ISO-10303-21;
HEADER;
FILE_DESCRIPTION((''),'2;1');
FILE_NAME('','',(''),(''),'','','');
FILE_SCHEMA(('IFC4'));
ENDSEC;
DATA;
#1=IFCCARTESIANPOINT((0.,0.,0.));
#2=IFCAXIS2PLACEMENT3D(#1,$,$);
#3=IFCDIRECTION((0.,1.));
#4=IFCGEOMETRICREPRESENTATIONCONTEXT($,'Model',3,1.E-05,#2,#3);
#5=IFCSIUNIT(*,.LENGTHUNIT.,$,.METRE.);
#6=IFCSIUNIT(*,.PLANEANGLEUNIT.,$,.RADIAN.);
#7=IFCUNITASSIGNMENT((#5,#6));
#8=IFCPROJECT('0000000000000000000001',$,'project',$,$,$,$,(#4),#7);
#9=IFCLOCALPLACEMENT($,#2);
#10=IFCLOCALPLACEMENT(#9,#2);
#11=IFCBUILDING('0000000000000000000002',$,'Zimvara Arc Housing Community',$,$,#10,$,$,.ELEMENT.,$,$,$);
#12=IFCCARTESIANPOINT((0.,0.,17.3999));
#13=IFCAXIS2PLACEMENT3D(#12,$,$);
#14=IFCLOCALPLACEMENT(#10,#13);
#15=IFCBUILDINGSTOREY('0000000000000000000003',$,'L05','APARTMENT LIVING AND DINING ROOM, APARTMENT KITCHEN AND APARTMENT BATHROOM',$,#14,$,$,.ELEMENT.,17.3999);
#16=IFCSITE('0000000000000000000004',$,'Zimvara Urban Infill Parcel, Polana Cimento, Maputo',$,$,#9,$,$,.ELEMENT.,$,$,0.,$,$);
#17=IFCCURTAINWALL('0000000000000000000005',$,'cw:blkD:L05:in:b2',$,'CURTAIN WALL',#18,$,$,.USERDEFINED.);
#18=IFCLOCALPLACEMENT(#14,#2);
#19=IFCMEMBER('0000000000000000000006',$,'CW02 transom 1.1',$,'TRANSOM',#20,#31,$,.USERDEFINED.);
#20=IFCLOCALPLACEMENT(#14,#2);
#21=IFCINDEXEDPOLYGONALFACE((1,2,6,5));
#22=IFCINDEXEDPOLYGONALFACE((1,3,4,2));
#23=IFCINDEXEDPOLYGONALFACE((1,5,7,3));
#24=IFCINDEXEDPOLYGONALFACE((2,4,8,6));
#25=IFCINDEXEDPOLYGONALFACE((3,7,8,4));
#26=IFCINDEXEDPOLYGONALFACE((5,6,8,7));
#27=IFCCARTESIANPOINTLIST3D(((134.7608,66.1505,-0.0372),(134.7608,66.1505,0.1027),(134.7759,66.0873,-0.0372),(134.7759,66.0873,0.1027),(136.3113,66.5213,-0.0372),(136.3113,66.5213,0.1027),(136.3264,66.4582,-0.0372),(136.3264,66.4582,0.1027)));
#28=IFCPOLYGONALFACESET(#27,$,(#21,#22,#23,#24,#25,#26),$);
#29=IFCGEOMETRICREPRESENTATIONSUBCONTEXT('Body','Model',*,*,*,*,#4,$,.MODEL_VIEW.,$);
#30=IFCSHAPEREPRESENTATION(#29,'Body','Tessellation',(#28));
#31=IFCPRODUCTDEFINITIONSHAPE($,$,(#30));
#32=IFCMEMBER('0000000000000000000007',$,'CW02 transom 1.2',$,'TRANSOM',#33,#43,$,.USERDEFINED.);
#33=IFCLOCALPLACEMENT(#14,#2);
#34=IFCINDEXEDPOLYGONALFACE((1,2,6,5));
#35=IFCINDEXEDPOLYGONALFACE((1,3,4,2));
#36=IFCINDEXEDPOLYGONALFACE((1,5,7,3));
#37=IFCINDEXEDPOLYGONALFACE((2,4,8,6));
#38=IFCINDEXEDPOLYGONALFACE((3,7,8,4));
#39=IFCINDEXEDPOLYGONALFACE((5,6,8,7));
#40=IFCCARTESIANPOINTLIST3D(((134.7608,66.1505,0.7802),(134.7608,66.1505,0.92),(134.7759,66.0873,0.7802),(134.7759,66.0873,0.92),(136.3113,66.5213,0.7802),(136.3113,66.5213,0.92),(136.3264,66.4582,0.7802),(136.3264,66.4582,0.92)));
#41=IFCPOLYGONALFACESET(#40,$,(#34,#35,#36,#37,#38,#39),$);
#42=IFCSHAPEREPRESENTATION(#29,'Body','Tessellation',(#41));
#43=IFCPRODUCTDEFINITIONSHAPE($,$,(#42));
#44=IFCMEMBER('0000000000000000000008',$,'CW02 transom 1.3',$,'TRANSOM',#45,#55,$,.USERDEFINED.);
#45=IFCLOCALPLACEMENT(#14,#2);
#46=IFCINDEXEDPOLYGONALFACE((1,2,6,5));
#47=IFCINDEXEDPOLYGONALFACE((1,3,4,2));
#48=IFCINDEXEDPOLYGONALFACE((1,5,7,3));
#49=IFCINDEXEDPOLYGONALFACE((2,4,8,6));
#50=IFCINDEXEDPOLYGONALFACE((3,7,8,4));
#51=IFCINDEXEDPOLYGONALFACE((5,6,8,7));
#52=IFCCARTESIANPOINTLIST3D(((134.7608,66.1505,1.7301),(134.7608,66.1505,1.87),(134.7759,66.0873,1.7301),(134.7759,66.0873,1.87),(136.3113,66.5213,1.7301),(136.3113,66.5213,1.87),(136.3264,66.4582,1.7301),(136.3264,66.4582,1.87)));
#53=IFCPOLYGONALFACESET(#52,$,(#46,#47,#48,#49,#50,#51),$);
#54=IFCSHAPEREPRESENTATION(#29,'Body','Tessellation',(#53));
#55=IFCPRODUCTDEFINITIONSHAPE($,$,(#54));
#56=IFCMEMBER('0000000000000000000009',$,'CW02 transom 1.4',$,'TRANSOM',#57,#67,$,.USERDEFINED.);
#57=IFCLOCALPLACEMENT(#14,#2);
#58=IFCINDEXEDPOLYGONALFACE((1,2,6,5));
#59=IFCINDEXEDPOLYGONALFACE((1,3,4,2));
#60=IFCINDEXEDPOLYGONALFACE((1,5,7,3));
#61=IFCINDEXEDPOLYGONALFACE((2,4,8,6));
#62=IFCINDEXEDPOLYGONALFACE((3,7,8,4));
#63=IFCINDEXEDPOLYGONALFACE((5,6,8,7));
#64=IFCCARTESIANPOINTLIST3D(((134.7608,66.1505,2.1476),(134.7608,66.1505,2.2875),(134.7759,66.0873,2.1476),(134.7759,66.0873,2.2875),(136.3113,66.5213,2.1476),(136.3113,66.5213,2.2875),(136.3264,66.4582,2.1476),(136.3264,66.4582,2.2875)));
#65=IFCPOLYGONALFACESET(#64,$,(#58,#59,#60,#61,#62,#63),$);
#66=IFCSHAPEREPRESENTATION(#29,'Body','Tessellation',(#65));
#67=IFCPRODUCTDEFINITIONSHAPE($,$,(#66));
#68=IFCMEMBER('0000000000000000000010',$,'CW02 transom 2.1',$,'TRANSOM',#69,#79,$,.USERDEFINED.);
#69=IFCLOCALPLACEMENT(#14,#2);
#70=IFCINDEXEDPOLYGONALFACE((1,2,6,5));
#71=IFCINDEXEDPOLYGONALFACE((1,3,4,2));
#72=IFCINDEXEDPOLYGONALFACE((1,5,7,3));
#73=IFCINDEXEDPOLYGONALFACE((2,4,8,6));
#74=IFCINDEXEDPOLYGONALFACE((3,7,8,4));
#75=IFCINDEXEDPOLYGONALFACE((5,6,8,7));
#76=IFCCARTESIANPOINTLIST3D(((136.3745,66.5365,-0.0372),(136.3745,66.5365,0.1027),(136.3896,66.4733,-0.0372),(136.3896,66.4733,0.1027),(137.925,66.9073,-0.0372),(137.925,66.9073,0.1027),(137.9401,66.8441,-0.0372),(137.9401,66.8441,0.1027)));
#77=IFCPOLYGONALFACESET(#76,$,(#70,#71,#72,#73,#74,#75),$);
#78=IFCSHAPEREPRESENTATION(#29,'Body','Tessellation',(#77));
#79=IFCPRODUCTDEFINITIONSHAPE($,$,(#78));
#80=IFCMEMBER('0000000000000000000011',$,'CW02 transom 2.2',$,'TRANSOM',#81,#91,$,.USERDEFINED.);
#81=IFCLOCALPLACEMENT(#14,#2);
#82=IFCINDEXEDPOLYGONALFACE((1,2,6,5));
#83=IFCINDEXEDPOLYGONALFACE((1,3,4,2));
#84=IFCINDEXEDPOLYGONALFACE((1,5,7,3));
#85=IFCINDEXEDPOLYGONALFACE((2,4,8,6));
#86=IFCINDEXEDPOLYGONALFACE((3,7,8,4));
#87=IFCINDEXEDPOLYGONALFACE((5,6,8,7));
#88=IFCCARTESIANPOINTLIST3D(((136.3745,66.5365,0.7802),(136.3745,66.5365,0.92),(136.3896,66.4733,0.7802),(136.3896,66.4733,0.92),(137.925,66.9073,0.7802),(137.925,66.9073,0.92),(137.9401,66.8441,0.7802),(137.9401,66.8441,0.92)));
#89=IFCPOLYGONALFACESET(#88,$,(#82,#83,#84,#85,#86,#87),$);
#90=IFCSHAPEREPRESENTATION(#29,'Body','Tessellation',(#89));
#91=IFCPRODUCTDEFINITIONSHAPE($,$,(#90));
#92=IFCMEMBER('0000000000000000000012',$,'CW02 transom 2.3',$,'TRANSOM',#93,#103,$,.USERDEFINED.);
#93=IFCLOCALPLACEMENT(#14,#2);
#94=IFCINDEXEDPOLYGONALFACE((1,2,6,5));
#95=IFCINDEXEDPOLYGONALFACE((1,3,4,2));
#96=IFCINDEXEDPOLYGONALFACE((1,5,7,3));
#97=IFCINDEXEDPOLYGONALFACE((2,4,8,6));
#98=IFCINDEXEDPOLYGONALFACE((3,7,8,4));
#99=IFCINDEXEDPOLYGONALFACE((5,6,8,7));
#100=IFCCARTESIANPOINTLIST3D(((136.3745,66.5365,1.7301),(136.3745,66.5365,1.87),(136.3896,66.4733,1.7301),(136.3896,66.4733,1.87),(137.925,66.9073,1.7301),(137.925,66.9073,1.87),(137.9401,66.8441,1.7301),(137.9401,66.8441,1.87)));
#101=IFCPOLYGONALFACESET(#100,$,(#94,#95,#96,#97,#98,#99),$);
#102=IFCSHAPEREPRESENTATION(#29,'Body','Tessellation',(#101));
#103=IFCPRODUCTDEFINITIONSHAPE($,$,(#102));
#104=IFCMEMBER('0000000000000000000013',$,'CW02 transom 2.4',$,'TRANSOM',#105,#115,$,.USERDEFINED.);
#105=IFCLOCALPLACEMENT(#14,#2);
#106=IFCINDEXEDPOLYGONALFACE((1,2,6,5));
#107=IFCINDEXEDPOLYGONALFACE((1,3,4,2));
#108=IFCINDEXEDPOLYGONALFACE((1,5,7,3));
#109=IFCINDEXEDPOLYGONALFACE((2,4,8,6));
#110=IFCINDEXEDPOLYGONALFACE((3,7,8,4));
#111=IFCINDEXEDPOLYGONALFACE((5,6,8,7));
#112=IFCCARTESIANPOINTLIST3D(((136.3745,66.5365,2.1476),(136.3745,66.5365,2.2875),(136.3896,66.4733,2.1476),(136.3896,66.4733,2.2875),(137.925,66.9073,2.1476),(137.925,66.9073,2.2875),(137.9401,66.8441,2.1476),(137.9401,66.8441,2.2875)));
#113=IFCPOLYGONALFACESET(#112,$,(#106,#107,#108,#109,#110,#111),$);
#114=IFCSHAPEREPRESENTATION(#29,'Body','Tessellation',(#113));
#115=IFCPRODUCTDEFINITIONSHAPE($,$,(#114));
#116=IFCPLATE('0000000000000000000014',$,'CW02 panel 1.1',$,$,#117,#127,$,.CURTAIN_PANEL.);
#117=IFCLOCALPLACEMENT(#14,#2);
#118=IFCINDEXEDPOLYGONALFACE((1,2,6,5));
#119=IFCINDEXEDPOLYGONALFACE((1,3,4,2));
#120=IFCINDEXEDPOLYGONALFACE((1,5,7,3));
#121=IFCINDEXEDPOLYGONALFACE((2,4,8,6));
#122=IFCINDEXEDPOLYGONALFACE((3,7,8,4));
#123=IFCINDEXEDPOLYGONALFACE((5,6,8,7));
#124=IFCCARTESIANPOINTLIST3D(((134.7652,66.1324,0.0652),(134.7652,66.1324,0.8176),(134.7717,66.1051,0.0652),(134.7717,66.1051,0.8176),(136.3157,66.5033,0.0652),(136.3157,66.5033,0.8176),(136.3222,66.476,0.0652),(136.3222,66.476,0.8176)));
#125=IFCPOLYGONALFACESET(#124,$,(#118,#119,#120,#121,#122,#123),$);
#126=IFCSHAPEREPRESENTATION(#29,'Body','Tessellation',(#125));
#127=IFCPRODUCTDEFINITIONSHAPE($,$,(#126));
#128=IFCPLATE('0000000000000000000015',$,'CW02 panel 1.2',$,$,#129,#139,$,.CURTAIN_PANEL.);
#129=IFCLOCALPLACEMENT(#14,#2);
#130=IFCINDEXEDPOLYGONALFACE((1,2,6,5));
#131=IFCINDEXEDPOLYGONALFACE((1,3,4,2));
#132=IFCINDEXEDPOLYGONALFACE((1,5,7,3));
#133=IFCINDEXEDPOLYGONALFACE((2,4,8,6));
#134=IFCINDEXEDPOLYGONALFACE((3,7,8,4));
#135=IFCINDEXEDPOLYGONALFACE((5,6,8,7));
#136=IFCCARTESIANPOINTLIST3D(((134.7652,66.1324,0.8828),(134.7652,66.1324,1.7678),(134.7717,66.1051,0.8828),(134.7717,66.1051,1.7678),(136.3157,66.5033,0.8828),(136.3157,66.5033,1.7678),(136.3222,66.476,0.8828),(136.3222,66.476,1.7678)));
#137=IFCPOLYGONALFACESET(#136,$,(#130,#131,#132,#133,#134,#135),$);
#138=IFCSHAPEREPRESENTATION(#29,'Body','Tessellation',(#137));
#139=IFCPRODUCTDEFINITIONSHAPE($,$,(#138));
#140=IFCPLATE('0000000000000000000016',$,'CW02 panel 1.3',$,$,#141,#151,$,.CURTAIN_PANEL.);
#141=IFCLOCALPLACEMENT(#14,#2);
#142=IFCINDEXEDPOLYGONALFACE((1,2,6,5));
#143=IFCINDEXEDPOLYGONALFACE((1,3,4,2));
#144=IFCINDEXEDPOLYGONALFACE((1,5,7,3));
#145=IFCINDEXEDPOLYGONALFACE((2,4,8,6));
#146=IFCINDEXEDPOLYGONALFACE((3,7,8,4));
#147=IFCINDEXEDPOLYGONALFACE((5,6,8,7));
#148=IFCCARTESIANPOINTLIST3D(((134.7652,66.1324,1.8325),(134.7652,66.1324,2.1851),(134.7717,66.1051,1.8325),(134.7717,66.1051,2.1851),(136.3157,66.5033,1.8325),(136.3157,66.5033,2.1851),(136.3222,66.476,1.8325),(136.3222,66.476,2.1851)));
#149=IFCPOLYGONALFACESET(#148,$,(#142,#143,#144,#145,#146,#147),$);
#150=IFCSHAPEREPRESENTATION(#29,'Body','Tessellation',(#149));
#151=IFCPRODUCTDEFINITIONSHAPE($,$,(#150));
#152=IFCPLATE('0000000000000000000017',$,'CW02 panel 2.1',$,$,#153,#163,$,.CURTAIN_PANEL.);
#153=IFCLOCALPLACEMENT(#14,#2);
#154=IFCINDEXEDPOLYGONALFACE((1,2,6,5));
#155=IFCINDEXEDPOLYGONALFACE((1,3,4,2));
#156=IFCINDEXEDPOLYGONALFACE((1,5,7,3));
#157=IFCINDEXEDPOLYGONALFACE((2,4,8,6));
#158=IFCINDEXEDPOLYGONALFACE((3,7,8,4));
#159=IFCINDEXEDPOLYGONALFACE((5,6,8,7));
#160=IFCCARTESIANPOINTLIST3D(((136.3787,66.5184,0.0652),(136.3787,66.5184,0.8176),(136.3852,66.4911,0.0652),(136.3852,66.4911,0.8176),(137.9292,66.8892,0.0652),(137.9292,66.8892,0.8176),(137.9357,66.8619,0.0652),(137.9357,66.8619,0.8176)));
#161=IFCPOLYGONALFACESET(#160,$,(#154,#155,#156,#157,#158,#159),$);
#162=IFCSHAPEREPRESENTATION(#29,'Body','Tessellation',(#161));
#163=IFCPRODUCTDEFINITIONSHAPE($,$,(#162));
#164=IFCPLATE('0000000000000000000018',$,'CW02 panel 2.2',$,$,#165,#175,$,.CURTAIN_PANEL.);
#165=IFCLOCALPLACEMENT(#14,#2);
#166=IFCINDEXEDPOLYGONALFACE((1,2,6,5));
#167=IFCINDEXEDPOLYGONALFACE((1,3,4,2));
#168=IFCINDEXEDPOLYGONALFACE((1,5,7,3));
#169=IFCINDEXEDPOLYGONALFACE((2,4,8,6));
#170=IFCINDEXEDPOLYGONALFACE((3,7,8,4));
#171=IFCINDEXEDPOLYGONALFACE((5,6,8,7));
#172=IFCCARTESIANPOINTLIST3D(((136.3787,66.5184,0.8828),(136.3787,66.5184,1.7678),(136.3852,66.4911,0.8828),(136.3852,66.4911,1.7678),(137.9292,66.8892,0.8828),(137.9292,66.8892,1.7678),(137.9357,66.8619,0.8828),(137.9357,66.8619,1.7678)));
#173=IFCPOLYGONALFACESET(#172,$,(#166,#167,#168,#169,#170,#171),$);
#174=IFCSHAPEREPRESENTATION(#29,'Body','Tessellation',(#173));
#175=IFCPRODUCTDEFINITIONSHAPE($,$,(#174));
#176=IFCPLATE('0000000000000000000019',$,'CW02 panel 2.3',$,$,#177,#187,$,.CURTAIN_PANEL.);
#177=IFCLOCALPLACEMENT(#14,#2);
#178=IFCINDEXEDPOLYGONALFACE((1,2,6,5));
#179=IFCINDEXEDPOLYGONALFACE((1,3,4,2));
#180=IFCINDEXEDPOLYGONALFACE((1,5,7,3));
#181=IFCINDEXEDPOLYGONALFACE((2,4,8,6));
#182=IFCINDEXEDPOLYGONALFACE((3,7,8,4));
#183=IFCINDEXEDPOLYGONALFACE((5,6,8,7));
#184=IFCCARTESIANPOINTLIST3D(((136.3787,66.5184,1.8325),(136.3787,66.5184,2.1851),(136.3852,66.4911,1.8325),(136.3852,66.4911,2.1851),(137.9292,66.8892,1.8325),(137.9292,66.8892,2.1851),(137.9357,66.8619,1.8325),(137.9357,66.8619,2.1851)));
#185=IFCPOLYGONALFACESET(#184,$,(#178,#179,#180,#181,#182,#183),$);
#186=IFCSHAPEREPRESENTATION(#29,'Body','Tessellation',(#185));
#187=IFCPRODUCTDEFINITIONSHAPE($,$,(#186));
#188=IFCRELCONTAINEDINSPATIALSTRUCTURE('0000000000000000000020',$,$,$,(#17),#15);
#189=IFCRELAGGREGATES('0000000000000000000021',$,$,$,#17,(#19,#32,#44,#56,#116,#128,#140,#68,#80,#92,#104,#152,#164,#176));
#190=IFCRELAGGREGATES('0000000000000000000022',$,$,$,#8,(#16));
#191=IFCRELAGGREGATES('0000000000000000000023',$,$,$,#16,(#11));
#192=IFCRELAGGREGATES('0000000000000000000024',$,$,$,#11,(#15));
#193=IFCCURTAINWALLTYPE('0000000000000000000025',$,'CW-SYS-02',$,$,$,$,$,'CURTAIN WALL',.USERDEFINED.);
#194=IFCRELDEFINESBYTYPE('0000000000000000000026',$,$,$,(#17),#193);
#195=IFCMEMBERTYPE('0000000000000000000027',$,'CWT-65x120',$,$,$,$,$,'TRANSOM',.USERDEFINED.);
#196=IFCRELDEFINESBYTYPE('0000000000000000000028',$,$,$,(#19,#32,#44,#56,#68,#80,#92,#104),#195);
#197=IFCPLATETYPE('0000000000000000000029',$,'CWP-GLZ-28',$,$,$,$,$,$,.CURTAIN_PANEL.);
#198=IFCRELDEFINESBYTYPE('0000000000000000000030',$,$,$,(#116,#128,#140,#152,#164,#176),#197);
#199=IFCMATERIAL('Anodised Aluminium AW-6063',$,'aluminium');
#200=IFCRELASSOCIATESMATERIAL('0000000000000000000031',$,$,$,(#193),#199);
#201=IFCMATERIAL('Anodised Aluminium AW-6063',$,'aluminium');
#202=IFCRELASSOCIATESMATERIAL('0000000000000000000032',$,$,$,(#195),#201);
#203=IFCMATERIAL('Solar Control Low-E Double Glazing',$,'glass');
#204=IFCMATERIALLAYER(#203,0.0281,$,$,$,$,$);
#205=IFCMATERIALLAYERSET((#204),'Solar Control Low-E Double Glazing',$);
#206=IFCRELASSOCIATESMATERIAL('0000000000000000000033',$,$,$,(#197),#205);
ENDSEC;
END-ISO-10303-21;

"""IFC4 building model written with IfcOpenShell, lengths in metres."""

from ifc_helpers import new_model, si_unit, direction, frame, origin, origin_2d, place, context, subcontext, project, spatial, rectangle, extrude, material, layer, layer_set, material_profile, profile_set, type_object, element, aggregate, save


model = new_model("IFC4")

# Units and contexts
model_context = context("Model", 3, precision=1e-05, world=origin(), true_north=direction((0.0, 1.0)))
body_context = subcontext(model_context, "Body", "Model", "MODEL_VIEW")
ifc_project = project(units=[si_unit("LENGTHUNIT", "METRE"), si_unit("PLANEANGLEUNIT", "RADIAN")], contexts=[model_context])

# Site, building, storey
site_placement = place(None, origin())
site = spatial("IfcSite", under=ifc_project, at=site_placement, Name="Zimvara Urban Infill Parcel, Polana Cimento, Maputo", CompositionType="ELEMENT", RefElevation=0.0)
building_placement = place(site_placement, origin())
building = spatial("IfcBuilding", under=site, at=building_placement, Name="Zimvara Arc Housing Community", CompositionType="ELEMENT")
storey_placement = place(building_placement, frame((0.0, 0.0, 17.3999)))
storey = spatial("IfcBuildingStorey", under=building, at=storey_placement, Name="L05", Description="APARTMENT LIVING AND DINING ROOM, APARTMENT KITCHEN AND APARTMENT BATHROOM", CompositionType="ELEMENT", Elevation=17.3999)

# Curtain wall, members, plates
ifc_material_1 = material(Name="Anodised Aluminium AW-6063", Category="aluminium")
curtain_wall_type = type_object("IfcCurtainWallType", Name="CW-SYS-02", ElementType="CURTAIN WALL", PredefinedType="USERDEFINED", material=ifc_material_1)
curtain_wall_placement = place(storey_placement, origin())
curtain_wall = element("IfcCurtainWall", 1, at=curtain_wall_placement, inside=storey, type_object=curtain_wall_type, Name="cw:blkD:L05:in:b2", ObjectType="CURTAIN WALL", PredefinedType="USERDEFINED")
ifc_material_2 = material(Name="Anodised Aluminium AW-6063", Category="aluminium")
ifc_material_profile_1 = material_profile(ifc_material_2, rectangle(XDim=0.0649, YDim=0.1399, at=origin_2d()), Name="ALU 65x140")
ifc_profile_set_1 = profile_set([ifc_material_profile_1], Name="Anodised Aluminium AW-6063")
member_type_1 = type_object("IfcMemberType", Name="CWT-65x120", ElementType="TRANSOM", PredefinedType="USERDEFINED", material=ifc_profile_set_1)
member_1_placement = place(storey_placement, frame((134.7683, 66.1189, 0.0327), z_axis=(0.972569, 0.232614, 0.0), x_axis=(-0.232614, 0.972569, 0.0)))
member_1 = element("IfcMember", 2, at=member_1_placement, type_object=member_type_1, Name="CW02 transom 1.1", ObjectType="TRANSOM", PredefinedType="USERDEFINED", context=body_context, shape_type="SweptSolid", body=[
    extrude(rectangle(XDim=0.0649, YDim=0.1399, at=origin_2d()), origin(), (0.0, 0.0, 1.0), 1.5942),
])
member_2_placement = place(storey_placement, frame((134.7683, 66.1189, 0.8501), z_axis=(0.972569, 0.232614, 0.0), x_axis=(-0.232614, 0.972569, 0.0)))
member_2 = element("IfcMember", 3, at=member_2_placement, type_object=member_type_1, Name="CW02 transom 1.2", ObjectType="TRANSOM", PredefinedType="USERDEFINED", context=body_context, shape_type="SweptSolid", body=[
    extrude(rectangle(XDim=0.0649, YDim=0.1399, at=origin_2d()), origin(), (0.0, 0.0, 1.0), 1.5942),
])
member_3_placement = place(storey_placement, frame((134.7683, 66.1189, 1.8), z_axis=(0.972569, 0.232614, 0.0), x_axis=(-0.232614, 0.972569, 0.0)))
member_3 = element("IfcMember", 4, at=member_3_placement, type_object=member_type_1, Name="CW02 transom 1.3", ObjectType="TRANSOM", PredefinedType="USERDEFINED", context=body_context, shape_type="SweptSolid", body=[
    extrude(rectangle(XDim=0.0649, YDim=0.1399, at=origin_2d()), origin(), (0.0, 0.0, 1.0), 1.5942),
])
member_4_placement = place(storey_placement, frame((134.7683, 66.1189, 2.2175), z_axis=(0.972569, 0.232614, 0.0), x_axis=(-0.232614, 0.972569, 0.0)))
member_4 = element("IfcMember", 5, at=member_4_placement, type_object=member_type_1, Name="CW02 transom 1.4", ObjectType="TRANSOM", PredefinedType="USERDEFINED", context=body_context, shape_type="SweptSolid", body=[
    extrude(rectangle(XDim=0.0649, YDim=0.1399, at=origin_2d()), origin(), (0.0, 0.0, 1.0), 1.5942),
])
member_5_placement = place(storey_placement, frame((136.3821, 66.5049, 0.0327), z_axis=(0.972569, 0.232614, 0.0), x_axis=(-0.232614, 0.972569, 0.0)))
member_5 = element("IfcMember", 6, at=member_5_placement, type_object=member_type_1, Name="CW02 transom 2.1", ObjectType="TRANSOM", PredefinedType="USERDEFINED", context=body_context, shape_type="SweptSolid", body=[
    extrude(rectangle(XDim=0.0649, YDim=0.1399, at=origin_2d()), origin(), (0.0, 0.0, 1.0), 1.5942),
])
member_6_placement = place(storey_placement, frame((136.3821, 66.5049, 0.8501), z_axis=(0.972569, 0.232614, 0.0), x_axis=(-0.232614, 0.972569, 0.0)))
member_6 = element("IfcMember", 7, at=member_6_placement, type_object=member_type_1, Name="CW02 transom 2.2", ObjectType="TRANSOM", PredefinedType="USERDEFINED", context=body_context, shape_type="SweptSolid", body=[
    extrude(rectangle(XDim=0.0649, YDim=0.1399, at=origin_2d()), origin(), (0.0, 0.0, 1.0), 1.5942),
])
member_7_placement = place(storey_placement, frame((136.3821, 66.5049, 1.8), z_axis=(0.972569, 0.232614, 0.0), x_axis=(-0.232614, 0.972569, 0.0)))
member_7 = element("IfcMember", 8, at=member_7_placement, type_object=member_type_1, Name="CW02 transom 2.3", ObjectType="TRANSOM", PredefinedType="USERDEFINED", context=body_context, shape_type="SweptSolid", body=[
    extrude(rectangle(XDim=0.0649, YDim=0.1399, at=origin_2d()), origin(), (0.0, 0.0, 1.0), 1.5942),
])
member_8_placement = place(storey_placement, frame((136.3821, 66.5049, 2.2175), z_axis=(0.972569, 0.232614, 0.0), x_axis=(-0.232614, 0.972569, 0.0)))
member_8 = element("IfcMember", 9, at=member_8_placement, type_object=member_type_1, Name="CW02 transom 2.4", ObjectType="TRANSOM", PredefinedType="USERDEFINED", context=body_context, shape_type="SweptSolid", body=[
    extrude(rectangle(XDim=0.0649, YDim=0.1399, at=origin_2d()), origin(), (0.0, 0.0, 1.0), 1.5942),
])
ifc_material_3 = material(Name="Solar Control Low-E Double Glazing", Category="glass")
ifc_layer_1 = layer(ifc_material_3, 0.0281)
ifc_layer_set_1 = layer_set([ifc_layer_1], Name="Solar Control Low-E Double Glazing")
plate_type = type_object("IfcPlateType", Name="CWP-GLZ-28", PredefinedType="CURTAIN_PANEL", material=ifc_layer_set_1)
plate_1_placement = place(storey_placement, frame((135.5437, 66.3042, 0.0652), z_axis=(0.0, 0.0, 1.0), x_axis=(0.972573, 0.232596, 0.0)))
plate_1 = element("IfcPlate", 10, at=plate_1_placement, type_object=plate_type, Name="CW02 panel 1.1", PredefinedType="CURTAIN_PANEL", context=body_context, shape_type="SweptSolid", body=[
    extrude(rectangle(XDim=1.5942, YDim=0.0281, at=origin_2d()), origin(), (0.0, 0.0, 1.0), 0.7524),
])
plate_2_placement = place(storey_placement, frame((135.5437, 66.3042, 0.8828), z_axis=(0.0, 0.0, 1.0), x_axis=(0.972573, 0.232596, 0.0)))
plate_2 = element("IfcPlate", 11, at=plate_2_placement, type_object=plate_type, Name="CW02 panel 1.2", PredefinedType="CURTAIN_PANEL", context=body_context, shape_type="SweptSolid", body=[
    extrude(rectangle(XDim=1.5942, YDim=0.0281, at=origin_2d()), origin(), (0.0, 0.0, 1.0), 0.885),
])
plate_3_placement = place(storey_placement, frame((135.5437, 66.3042, 1.8325), z_axis=(0.0, 0.0, 1.0), x_axis=(0.972573, 0.232596, 0.0)))
plate_3 = element("IfcPlate", 12, at=plate_3_placement, type_object=plate_type, Name="CW02 panel 1.3", PredefinedType="CURTAIN_PANEL", context=body_context, shape_type="SweptSolid", body=[
    extrude(rectangle(XDim=1.5942, YDim=0.0281, at=origin_2d()), origin(), (0.0, 0.0, 1.0), 0.3525),
])
plate_4_placement = place(storey_placement, frame((137.1572, 66.6902, 0.0652), z_axis=(0.0, 0.0, 1.0), x_axis=(0.972573, 0.232596, 0.0)))
plate_4 = element("IfcPlate", 13, at=plate_4_placement, type_object=plate_type, Name="CW02 panel 2.1", PredefinedType="CURTAIN_PANEL", context=body_context, shape_type="SweptSolid", body=[
    extrude(rectangle(XDim=1.5942, YDim=0.0281, at=origin_2d()), origin(), (0.0, 0.0, 1.0), 0.7524),
])
plate_5_placement = place(storey_placement, frame((137.1572, 66.6902, 0.8828), z_axis=(0.0, 0.0, 1.0), x_axis=(0.972573, 0.232596, 0.0)))
plate_5 = element("IfcPlate", 14, at=plate_5_placement, type_object=plate_type, Name="CW02 panel 2.2", PredefinedType="CURTAIN_PANEL", context=body_context, shape_type="SweptSolid", body=[
    extrude(rectangle(XDim=1.5942, YDim=0.0281, at=origin_2d()), origin(), (0.0, 0.0, 1.0), 0.885),
])
plate_6_placement = place(storey_placement, frame((137.1572, 66.6902, 1.8325), z_axis=(0.0, 0.0, 1.0), x_axis=(0.972573, 0.232596, 0.0)))
plate_6 = element("IfcPlate", 15, at=plate_6_placement, type_object=plate_type, Name="CW02 panel 2.3", PredefinedType="CURTAIN_PANEL", context=body_context, shape_type="SweptSolid", body=[
    extrude(rectangle(XDim=1.5942, YDim=0.0281, at=origin_2d()), origin(), (0.0, 0.0, 1.0), 0.3525),
])
aggregate(curtain_wall, [member_1, member_2, member_3, member_4, plate_1, plate_2, plate_3, member_5, member_6, member_7, member_8, plate_4, plate_5, plate_6])

save(model, "model.ifc")
